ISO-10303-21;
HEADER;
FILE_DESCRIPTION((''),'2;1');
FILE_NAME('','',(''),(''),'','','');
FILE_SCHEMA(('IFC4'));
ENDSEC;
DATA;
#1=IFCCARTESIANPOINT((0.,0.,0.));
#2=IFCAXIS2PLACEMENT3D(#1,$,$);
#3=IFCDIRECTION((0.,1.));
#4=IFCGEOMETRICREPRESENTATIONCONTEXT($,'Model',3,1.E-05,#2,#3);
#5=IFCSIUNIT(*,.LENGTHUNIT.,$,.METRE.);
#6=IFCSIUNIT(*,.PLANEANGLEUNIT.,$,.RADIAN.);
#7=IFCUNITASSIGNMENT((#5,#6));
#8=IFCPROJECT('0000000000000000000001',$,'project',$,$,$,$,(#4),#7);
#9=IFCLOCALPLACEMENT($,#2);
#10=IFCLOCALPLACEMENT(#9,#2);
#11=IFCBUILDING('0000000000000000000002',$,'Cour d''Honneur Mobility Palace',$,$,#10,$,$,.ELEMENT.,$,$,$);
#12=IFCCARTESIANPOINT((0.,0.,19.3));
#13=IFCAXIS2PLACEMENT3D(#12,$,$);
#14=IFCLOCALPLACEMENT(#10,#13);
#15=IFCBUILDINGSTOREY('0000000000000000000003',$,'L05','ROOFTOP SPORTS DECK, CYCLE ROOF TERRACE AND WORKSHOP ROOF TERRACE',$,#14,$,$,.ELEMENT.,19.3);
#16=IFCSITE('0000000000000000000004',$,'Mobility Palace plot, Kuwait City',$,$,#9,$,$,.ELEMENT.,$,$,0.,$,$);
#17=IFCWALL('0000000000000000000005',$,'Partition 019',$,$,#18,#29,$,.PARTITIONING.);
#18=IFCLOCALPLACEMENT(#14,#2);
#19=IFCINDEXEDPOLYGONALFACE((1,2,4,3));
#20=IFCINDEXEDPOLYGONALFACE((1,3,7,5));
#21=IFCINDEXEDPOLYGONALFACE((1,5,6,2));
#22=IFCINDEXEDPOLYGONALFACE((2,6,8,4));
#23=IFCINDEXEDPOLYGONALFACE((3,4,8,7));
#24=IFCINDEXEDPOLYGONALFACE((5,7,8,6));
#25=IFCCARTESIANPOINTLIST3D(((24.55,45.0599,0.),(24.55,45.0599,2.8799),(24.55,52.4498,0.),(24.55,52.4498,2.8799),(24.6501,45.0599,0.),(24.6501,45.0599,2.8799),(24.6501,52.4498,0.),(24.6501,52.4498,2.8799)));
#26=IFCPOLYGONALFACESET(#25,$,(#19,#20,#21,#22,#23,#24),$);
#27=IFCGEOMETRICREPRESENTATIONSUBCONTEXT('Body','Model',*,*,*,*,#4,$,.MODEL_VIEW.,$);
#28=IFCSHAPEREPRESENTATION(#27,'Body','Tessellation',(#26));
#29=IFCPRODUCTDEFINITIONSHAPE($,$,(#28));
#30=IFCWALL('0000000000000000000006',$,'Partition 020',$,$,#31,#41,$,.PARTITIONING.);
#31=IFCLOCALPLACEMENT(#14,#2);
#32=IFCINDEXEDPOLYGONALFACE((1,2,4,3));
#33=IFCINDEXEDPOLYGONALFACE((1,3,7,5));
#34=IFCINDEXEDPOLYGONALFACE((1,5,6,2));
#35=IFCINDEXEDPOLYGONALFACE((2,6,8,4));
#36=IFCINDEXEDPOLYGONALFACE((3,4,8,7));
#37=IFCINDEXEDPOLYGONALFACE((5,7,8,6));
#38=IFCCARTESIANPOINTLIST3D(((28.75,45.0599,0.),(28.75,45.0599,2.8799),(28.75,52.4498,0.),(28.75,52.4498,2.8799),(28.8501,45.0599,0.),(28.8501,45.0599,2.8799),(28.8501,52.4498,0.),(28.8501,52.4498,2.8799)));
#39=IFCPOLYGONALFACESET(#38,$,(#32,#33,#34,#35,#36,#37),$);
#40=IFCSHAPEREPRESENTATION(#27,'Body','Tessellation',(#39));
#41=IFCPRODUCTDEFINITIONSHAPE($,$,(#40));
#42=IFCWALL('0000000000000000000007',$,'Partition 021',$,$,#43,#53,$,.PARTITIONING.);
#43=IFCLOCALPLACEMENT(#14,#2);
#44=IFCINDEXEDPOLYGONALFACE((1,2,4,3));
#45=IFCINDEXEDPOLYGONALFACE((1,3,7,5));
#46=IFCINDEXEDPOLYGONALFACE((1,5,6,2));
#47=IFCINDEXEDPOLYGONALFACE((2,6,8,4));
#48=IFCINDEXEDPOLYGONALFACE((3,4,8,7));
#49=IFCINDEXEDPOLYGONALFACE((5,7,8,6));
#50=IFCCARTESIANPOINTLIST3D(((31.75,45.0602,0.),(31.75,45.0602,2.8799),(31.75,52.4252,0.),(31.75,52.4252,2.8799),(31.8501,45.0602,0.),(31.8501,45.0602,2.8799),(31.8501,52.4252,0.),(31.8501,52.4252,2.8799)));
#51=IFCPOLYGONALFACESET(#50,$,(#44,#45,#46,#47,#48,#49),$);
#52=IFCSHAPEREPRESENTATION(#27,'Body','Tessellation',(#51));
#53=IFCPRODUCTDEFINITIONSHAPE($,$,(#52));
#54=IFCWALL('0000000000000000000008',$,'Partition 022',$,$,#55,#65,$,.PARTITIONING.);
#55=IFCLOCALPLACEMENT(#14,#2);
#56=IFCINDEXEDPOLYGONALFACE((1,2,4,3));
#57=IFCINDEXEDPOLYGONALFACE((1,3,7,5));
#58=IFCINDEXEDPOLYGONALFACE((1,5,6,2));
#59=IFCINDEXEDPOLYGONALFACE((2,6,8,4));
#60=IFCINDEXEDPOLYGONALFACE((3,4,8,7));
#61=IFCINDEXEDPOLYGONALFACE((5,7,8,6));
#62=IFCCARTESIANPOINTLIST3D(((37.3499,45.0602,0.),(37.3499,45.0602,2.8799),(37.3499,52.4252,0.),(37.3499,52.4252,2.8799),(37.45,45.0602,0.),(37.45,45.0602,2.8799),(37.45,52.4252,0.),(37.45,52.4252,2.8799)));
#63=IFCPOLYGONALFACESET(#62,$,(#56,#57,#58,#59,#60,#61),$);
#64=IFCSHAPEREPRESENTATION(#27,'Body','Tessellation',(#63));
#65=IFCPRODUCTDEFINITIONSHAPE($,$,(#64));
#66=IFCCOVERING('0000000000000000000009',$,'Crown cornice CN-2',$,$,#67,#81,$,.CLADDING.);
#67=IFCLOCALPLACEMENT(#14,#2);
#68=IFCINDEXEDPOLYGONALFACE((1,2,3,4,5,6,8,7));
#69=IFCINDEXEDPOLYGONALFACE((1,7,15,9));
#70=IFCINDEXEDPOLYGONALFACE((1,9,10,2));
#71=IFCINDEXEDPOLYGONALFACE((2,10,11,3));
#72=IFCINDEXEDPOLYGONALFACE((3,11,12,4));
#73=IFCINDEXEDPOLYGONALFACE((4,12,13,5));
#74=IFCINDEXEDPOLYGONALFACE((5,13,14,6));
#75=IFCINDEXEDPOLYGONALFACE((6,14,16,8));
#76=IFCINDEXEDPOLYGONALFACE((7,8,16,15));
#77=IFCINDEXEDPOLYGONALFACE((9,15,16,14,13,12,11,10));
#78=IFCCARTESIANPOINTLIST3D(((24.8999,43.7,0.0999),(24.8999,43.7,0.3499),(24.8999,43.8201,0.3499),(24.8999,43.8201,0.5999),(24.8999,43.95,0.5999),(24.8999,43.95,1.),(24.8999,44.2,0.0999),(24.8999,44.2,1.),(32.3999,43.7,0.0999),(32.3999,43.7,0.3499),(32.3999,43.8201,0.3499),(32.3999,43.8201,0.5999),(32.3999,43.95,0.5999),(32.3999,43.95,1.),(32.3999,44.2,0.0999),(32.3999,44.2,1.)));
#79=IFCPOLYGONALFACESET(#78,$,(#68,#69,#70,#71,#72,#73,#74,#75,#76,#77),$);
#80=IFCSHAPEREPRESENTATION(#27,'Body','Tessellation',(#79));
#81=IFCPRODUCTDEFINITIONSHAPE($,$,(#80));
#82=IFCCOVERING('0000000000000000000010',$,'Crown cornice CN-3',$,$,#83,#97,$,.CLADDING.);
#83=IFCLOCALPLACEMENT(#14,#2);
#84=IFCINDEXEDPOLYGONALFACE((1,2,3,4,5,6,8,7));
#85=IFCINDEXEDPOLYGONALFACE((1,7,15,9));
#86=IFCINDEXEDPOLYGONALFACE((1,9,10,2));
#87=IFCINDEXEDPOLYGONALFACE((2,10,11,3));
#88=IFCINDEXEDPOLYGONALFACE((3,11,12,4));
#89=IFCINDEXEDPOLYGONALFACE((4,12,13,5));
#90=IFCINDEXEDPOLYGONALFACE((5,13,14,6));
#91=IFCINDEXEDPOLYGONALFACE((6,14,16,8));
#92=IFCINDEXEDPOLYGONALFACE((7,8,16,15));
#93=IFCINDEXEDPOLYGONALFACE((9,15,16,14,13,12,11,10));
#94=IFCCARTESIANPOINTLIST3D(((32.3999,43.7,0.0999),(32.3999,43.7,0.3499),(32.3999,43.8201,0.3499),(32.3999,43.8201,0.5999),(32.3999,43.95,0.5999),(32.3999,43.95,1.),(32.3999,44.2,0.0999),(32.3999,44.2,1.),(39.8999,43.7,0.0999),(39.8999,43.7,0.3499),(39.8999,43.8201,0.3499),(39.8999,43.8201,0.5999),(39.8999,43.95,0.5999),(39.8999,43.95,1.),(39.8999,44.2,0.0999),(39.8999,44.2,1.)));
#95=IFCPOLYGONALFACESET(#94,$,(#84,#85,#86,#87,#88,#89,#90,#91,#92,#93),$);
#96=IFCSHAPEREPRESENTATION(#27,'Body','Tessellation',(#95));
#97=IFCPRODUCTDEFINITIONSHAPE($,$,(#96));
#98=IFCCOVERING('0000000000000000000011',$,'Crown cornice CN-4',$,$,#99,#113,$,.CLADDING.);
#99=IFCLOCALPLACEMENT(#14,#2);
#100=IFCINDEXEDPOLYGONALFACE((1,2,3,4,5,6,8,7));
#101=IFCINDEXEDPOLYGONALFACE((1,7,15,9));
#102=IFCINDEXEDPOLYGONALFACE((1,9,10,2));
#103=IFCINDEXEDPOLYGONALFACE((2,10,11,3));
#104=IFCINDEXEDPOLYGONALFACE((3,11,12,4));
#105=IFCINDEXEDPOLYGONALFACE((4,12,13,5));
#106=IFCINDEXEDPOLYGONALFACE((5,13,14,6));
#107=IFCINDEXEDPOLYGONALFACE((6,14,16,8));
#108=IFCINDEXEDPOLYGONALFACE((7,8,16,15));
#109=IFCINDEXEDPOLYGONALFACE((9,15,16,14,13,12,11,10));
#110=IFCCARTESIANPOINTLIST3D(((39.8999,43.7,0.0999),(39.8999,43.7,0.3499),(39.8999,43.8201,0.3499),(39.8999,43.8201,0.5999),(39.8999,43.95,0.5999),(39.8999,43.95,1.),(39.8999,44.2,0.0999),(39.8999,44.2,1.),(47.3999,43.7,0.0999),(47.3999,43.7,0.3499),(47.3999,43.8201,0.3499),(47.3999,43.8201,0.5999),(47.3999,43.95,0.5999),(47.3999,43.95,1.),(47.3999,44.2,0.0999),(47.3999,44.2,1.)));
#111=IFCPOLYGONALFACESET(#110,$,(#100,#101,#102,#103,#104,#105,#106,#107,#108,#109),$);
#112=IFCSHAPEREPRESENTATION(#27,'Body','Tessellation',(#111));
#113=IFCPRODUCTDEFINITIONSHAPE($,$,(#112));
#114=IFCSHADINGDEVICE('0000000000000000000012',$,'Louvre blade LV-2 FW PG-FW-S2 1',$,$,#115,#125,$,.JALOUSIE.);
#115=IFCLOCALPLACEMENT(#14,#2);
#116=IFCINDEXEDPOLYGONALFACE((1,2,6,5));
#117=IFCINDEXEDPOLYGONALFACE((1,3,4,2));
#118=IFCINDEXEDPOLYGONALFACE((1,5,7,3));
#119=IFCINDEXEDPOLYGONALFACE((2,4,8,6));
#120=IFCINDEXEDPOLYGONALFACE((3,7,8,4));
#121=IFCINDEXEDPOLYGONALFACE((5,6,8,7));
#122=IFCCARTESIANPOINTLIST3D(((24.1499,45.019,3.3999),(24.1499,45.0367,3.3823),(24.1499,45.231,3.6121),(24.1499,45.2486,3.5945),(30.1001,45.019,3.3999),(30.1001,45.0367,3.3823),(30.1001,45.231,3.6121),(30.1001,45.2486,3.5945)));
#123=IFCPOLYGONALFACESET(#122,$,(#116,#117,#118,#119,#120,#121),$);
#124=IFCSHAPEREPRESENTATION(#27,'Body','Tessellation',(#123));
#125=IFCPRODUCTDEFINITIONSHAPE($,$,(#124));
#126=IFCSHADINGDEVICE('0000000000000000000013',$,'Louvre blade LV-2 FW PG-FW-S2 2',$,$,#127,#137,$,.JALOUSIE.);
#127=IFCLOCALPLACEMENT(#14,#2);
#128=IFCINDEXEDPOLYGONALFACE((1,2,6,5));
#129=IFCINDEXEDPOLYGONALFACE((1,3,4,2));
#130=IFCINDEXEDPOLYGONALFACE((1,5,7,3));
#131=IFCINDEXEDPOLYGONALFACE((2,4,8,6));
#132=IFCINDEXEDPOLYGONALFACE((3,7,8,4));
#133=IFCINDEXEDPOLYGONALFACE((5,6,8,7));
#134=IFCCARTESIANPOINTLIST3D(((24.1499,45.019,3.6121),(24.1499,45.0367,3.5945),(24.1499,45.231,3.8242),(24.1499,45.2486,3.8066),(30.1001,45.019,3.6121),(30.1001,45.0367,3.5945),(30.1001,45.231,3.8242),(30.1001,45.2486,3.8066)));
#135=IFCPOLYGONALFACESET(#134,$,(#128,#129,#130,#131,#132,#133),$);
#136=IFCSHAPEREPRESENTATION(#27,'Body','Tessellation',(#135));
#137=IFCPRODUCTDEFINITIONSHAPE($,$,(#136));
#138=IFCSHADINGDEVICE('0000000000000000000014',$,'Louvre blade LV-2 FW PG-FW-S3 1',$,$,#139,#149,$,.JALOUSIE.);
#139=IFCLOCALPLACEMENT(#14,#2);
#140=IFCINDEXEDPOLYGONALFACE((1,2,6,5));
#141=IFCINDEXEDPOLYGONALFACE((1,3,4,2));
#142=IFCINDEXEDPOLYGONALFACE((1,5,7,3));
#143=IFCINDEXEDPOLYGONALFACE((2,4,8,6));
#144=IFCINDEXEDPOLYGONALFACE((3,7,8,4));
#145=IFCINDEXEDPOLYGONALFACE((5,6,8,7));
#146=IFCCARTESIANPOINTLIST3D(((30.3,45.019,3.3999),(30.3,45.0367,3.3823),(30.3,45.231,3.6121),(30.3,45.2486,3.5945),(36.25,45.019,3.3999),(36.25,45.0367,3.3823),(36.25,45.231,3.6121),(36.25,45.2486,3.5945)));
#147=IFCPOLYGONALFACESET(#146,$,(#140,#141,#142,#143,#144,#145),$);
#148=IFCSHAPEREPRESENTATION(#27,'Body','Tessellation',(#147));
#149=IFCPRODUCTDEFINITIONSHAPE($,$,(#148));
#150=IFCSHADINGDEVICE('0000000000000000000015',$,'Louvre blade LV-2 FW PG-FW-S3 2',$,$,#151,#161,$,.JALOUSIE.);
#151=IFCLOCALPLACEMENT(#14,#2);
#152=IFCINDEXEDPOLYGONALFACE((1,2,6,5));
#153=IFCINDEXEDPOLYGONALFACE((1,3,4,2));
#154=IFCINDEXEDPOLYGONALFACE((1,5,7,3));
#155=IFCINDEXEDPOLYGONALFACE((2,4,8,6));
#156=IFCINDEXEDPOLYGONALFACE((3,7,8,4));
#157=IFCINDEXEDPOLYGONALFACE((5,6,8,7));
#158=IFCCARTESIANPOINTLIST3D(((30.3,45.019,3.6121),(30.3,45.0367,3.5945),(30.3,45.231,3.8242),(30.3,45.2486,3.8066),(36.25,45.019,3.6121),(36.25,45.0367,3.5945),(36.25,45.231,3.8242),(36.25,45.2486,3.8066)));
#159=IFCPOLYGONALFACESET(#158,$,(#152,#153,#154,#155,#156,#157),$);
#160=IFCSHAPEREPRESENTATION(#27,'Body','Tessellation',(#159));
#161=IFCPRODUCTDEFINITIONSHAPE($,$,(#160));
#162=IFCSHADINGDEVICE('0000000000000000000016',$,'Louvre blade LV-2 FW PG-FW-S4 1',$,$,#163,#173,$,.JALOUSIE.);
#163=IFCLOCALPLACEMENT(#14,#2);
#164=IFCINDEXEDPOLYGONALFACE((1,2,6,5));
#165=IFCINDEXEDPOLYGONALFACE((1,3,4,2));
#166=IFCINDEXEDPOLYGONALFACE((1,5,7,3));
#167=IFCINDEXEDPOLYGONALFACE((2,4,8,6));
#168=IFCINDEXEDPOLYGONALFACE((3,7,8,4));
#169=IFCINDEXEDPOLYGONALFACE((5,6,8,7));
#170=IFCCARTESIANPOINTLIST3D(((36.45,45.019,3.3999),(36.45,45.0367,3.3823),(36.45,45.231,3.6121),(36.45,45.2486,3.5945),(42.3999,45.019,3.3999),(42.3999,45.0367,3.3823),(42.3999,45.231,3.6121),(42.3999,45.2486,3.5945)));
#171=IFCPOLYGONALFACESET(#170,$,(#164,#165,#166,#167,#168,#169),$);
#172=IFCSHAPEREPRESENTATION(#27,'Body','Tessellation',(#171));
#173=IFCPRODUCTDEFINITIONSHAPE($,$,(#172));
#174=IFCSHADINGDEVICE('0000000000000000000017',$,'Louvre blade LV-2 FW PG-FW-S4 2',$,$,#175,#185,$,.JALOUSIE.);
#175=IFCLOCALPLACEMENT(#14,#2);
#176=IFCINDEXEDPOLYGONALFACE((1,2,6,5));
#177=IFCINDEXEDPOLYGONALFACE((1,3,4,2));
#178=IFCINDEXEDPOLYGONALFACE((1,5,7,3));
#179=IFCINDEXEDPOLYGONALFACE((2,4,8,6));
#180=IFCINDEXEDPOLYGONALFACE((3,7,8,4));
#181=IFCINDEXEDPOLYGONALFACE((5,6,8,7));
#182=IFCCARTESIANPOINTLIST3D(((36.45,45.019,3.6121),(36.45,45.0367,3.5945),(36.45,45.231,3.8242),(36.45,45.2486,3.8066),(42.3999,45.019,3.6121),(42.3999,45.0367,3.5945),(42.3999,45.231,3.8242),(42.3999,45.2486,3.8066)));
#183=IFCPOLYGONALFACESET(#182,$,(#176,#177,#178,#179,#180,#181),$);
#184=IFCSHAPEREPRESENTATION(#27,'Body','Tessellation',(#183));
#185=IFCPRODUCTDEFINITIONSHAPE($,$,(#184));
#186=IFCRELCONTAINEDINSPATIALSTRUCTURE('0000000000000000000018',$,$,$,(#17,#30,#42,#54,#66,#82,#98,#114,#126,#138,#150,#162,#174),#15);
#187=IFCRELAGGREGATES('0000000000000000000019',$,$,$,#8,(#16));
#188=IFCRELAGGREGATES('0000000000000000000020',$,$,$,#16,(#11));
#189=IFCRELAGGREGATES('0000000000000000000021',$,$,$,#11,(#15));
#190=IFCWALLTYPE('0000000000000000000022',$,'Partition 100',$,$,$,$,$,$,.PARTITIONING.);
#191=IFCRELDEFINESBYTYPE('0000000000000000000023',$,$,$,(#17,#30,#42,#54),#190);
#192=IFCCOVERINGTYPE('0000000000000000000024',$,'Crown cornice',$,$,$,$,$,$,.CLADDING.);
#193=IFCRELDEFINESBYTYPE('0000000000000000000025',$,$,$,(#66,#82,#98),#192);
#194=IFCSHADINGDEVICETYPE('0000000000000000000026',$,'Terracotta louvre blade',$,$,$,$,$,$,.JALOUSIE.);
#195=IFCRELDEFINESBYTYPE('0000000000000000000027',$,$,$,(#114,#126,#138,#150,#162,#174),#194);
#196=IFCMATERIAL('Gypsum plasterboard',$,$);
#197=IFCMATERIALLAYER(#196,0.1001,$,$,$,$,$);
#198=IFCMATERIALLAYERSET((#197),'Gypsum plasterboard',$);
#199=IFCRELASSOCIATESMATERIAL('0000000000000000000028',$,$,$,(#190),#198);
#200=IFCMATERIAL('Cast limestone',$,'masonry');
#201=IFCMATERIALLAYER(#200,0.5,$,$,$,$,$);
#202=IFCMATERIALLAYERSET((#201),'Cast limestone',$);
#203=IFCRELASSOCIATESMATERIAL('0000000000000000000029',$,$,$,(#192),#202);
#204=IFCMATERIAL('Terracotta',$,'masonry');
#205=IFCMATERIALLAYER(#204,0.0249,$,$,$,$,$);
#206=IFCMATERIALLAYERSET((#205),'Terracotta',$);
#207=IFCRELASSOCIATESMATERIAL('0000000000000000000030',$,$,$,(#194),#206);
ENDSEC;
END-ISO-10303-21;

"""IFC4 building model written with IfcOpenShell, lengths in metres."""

from ifc_helpers import new_model, si_unit, direction, frame, frame_2d, origin, place, context, subcontext, project, spatial, polyline, rectangle, outline, extrude, material, layer, layer_set, type_object, element, save


model = new_model("IFC4")

# Units and contexts
model_context = context("Model", 3, precision=1e-05, world=origin(), true_north=direction((0.0, 1.0)))
body_context = subcontext(model_context, "Body", "Model", "MODEL_VIEW")
ifc_project = project(units=[si_unit("LENGTHUNIT", "METRE"), si_unit("PLANEANGLEUNIT", "RADIAN")], contexts=[model_context])

# Site, building, storey
site_placement = place(None, origin())
site = spatial("IfcSite", under=ifc_project, at=site_placement, Name="Mobility Palace plot, Kuwait City", CompositionType="ELEMENT", RefElevation=0.0)
building_placement = place(site_placement, origin())
building = spatial("IfcBuilding", under=site, at=building_placement, Name="Cour d'Honneur Mobility Palace", CompositionType="ELEMENT")
storey_placement = place(building_placement, frame((0.0, 0.0, 19.3)))
storey = spatial("IfcBuildingStorey", under=building, at=storey_placement, Name="L05", Description="ROOFTOP SPORTS DECK, CYCLE ROOF TERRACE AND WORKSHOP ROOF TERRACE", CompositionType="ELEMENT", Elevation=19.3)

# Walls
ifc_material_1 = material(Name="Gypsum plasterboard")
ifc_layer_1 = layer(ifc_material_1, 0.1001)
ifc_layer_set_1 = layer_set([ifc_layer_1], Name="Gypsum plasterboard")
wall_type = type_object("IfcWallType", Name="Partition 100", PredefinedType="PARTITIONING", material=ifc_layer_set_1)
for number, where, z_axis, x_axis, name in (
    (1, (24.6001, 45.0601, 0.0), (0.0, 0.0, 1.0), (0.0, 1.0, 0.0), "Partition 019"),
    (2, (28.8, 45.0601, 0.0), (0.0, 0.0, 1.0), (0.0, 1.0, 0.0), "Partition 020"),
):
    element("IfcWall", number, at=place(storey_placement, frame(where, z_axis=z_axis, x_axis=x_axis)), inside=storey, type_object=wall_type, Name=name, PredefinedType="PARTITIONING", context=body_context, shape_type="SweptSolid", body=[
        extrude(rectangle(XDim=7.3899, YDim=0.1001, at=frame_2d((3.6948, 0.0))), origin(), (0.0, 0.0, 1.0), 2.8799),
    ])
for number, where, z_axis, x_axis, name in (
    (3, (31.8, 45.0601, 0.0), (0.0, 0.0, 1.0), (0.0, 1.0, 0.0), "Partition 021"),
    (4, (37.3999, 45.0601, 0.0), (0.0, 0.0, 1.0), (0.0, 1.0, 0.0), "Partition 022"),
):
    element("IfcWall", number, at=place(storey_placement, frame(where, z_axis=z_axis, x_axis=x_axis)), inside=storey, type_object=wall_type, Name=name, PredefinedType="PARTITIONING", context=body_context, shape_type="SweptSolid", body=[
        extrude(rectangle(XDim=7.365, YDim=0.1001, at=frame_2d((3.6826, 0.0))), origin(), (0.0, 0.0, 1.0), 2.8799),
    ])

# Coverings
ifc_material_2 = material(Name="Cast limestone", Category="masonry")
ifc_layer_2 = layer(ifc_material_2, 0.5)
ifc_layer_set_2 = layer_set([ifc_layer_2], Name="Cast limestone")
covering_type = type_object("IfcCoveringType", Name="Crown cornice", PredefinedType="CLADDING", material=ifc_layer_set_2)
for number, where, z_axis, x_axis, name in (
    (5, (24.8999, 44.2, 0.0999), (-1.0, 0.0, 0.0), (0.0, -1.0, 0.0), "Crown cornice CN-2"),
    (6, (32.3999, 44.2, 0.0999), (-1.0, 0.0, 0.0), (0.0, -1.0, 0.0), "Crown cornice CN-3"),
    (7, (39.8999, 44.2, 0.0999), (-1.0, 0.0, 0.0), (0.0, -1.0, 0.0), "Crown cornice CN-4"),
):
    element("IfcCovering", number, at=place(storey_placement, frame(where, z_axis=z_axis, x_axis=x_axis)), inside=storey, type_object=covering_type, Name=name, PredefinedType="CLADDING", context=body_context, shape_type="SweptSolid", body=[
        extrude(outline(polyline([(0.0, 0.0), (0.5, 0.0), (0.5, 0.25), (0.3799, 0.25), (0.3799, 0.5), (0.25, 0.5), (0.25, 0.9001), (0.0, 0.9001), (0.0, 0.0)])), origin(), (0.0, 0.0, -1.0), 7.5),
    ])

# Shading devices
ifc_material_3 = material(Name="Terracotta", Category="masonry")
ifc_layer_3 = layer(ifc_material_3, 0.0249)
ifc_layer_set_3 = layer_set([ifc_layer_3], Name="Terracotta")
shading_device_type = type_object("IfcShadingDeviceType", Name="Terracotta louvre blade", PredefinedType="JALOUSIE", material=ifc_layer_set_3)
for number, where, z_axis, x_axis, name in (
    (8, (24.1499, 45.019, 3.3999), (0.0, -0.707514, 0.7067), (1.0, 0.0, 0.0), "Louvre blade LV-2 FW PG-FW-S2 1"),
    (9, (24.1499, 45.019, 3.6121), (0.0, -0.707514, 0.7067), (1.0, 0.0, 0.0), "Louvre blade LV-2 FW PG-FW-S2 2"),
):
    element("IfcShadingDevice", number, at=place(storey_placement, frame(where, z_axis=z_axis, x_axis=x_axis)), inside=storey, type_object=shading_device_type, Name=name, PredefinedType="JALOUSIE", context=body_context, shape_type="SweptSolid", body=[
        extrude(outline(polyline([(0.0, 0.0), (5.9502, 0.0), (5.9502, 0.2999), (0.0, 0.2999), (0.0, 0.0)])), origin(), (0.0, 0.0, -1.0), 0.0249),
    ])
for number, where, z_axis, x_axis, name in (
    (10, (30.3, 45.019, 3.3999), (0.0, -0.707514, 0.7067), (1.0, 0.0, 0.0), "Louvre blade LV-2 FW PG-FW-S3 1"),
    (11, (30.3, 45.019, 3.6121), (0.0, -0.707514, 0.7067), (1.0, 0.0, 0.0), "Louvre blade LV-2 FW PG-FW-S3 2"),
    (12, (36.45, 45.019, 3.3999), (0.0, -0.707514, 0.7067), (1.0, 0.0, 0.0), "Louvre blade LV-2 FW PG-FW-S4 1"),
    (13, (36.45, 45.019, 3.6121), (0.0, -0.707514, 0.7067), (1.0, 0.0, 0.0), "Louvre blade LV-2 FW PG-FW-S4 2"),
):
    element("IfcShadingDevice", number, at=place(storey_placement, frame(where, z_axis=z_axis, x_axis=x_axis)), inside=storey, type_object=shading_device_type, Name=name, PredefinedType="JALOUSIE", context=body_context, shape_type="SweptSolid", body=[
        extrude(outline(polyline([(0.0, 0.0), (5.95, 0.0), (5.95, 0.2999), (0.0, 0.2999), (0.0, 0.0)])), origin(), (0.0, 0.0, -1.0), 0.0249),
    ])

save(model, "model.ifc")
